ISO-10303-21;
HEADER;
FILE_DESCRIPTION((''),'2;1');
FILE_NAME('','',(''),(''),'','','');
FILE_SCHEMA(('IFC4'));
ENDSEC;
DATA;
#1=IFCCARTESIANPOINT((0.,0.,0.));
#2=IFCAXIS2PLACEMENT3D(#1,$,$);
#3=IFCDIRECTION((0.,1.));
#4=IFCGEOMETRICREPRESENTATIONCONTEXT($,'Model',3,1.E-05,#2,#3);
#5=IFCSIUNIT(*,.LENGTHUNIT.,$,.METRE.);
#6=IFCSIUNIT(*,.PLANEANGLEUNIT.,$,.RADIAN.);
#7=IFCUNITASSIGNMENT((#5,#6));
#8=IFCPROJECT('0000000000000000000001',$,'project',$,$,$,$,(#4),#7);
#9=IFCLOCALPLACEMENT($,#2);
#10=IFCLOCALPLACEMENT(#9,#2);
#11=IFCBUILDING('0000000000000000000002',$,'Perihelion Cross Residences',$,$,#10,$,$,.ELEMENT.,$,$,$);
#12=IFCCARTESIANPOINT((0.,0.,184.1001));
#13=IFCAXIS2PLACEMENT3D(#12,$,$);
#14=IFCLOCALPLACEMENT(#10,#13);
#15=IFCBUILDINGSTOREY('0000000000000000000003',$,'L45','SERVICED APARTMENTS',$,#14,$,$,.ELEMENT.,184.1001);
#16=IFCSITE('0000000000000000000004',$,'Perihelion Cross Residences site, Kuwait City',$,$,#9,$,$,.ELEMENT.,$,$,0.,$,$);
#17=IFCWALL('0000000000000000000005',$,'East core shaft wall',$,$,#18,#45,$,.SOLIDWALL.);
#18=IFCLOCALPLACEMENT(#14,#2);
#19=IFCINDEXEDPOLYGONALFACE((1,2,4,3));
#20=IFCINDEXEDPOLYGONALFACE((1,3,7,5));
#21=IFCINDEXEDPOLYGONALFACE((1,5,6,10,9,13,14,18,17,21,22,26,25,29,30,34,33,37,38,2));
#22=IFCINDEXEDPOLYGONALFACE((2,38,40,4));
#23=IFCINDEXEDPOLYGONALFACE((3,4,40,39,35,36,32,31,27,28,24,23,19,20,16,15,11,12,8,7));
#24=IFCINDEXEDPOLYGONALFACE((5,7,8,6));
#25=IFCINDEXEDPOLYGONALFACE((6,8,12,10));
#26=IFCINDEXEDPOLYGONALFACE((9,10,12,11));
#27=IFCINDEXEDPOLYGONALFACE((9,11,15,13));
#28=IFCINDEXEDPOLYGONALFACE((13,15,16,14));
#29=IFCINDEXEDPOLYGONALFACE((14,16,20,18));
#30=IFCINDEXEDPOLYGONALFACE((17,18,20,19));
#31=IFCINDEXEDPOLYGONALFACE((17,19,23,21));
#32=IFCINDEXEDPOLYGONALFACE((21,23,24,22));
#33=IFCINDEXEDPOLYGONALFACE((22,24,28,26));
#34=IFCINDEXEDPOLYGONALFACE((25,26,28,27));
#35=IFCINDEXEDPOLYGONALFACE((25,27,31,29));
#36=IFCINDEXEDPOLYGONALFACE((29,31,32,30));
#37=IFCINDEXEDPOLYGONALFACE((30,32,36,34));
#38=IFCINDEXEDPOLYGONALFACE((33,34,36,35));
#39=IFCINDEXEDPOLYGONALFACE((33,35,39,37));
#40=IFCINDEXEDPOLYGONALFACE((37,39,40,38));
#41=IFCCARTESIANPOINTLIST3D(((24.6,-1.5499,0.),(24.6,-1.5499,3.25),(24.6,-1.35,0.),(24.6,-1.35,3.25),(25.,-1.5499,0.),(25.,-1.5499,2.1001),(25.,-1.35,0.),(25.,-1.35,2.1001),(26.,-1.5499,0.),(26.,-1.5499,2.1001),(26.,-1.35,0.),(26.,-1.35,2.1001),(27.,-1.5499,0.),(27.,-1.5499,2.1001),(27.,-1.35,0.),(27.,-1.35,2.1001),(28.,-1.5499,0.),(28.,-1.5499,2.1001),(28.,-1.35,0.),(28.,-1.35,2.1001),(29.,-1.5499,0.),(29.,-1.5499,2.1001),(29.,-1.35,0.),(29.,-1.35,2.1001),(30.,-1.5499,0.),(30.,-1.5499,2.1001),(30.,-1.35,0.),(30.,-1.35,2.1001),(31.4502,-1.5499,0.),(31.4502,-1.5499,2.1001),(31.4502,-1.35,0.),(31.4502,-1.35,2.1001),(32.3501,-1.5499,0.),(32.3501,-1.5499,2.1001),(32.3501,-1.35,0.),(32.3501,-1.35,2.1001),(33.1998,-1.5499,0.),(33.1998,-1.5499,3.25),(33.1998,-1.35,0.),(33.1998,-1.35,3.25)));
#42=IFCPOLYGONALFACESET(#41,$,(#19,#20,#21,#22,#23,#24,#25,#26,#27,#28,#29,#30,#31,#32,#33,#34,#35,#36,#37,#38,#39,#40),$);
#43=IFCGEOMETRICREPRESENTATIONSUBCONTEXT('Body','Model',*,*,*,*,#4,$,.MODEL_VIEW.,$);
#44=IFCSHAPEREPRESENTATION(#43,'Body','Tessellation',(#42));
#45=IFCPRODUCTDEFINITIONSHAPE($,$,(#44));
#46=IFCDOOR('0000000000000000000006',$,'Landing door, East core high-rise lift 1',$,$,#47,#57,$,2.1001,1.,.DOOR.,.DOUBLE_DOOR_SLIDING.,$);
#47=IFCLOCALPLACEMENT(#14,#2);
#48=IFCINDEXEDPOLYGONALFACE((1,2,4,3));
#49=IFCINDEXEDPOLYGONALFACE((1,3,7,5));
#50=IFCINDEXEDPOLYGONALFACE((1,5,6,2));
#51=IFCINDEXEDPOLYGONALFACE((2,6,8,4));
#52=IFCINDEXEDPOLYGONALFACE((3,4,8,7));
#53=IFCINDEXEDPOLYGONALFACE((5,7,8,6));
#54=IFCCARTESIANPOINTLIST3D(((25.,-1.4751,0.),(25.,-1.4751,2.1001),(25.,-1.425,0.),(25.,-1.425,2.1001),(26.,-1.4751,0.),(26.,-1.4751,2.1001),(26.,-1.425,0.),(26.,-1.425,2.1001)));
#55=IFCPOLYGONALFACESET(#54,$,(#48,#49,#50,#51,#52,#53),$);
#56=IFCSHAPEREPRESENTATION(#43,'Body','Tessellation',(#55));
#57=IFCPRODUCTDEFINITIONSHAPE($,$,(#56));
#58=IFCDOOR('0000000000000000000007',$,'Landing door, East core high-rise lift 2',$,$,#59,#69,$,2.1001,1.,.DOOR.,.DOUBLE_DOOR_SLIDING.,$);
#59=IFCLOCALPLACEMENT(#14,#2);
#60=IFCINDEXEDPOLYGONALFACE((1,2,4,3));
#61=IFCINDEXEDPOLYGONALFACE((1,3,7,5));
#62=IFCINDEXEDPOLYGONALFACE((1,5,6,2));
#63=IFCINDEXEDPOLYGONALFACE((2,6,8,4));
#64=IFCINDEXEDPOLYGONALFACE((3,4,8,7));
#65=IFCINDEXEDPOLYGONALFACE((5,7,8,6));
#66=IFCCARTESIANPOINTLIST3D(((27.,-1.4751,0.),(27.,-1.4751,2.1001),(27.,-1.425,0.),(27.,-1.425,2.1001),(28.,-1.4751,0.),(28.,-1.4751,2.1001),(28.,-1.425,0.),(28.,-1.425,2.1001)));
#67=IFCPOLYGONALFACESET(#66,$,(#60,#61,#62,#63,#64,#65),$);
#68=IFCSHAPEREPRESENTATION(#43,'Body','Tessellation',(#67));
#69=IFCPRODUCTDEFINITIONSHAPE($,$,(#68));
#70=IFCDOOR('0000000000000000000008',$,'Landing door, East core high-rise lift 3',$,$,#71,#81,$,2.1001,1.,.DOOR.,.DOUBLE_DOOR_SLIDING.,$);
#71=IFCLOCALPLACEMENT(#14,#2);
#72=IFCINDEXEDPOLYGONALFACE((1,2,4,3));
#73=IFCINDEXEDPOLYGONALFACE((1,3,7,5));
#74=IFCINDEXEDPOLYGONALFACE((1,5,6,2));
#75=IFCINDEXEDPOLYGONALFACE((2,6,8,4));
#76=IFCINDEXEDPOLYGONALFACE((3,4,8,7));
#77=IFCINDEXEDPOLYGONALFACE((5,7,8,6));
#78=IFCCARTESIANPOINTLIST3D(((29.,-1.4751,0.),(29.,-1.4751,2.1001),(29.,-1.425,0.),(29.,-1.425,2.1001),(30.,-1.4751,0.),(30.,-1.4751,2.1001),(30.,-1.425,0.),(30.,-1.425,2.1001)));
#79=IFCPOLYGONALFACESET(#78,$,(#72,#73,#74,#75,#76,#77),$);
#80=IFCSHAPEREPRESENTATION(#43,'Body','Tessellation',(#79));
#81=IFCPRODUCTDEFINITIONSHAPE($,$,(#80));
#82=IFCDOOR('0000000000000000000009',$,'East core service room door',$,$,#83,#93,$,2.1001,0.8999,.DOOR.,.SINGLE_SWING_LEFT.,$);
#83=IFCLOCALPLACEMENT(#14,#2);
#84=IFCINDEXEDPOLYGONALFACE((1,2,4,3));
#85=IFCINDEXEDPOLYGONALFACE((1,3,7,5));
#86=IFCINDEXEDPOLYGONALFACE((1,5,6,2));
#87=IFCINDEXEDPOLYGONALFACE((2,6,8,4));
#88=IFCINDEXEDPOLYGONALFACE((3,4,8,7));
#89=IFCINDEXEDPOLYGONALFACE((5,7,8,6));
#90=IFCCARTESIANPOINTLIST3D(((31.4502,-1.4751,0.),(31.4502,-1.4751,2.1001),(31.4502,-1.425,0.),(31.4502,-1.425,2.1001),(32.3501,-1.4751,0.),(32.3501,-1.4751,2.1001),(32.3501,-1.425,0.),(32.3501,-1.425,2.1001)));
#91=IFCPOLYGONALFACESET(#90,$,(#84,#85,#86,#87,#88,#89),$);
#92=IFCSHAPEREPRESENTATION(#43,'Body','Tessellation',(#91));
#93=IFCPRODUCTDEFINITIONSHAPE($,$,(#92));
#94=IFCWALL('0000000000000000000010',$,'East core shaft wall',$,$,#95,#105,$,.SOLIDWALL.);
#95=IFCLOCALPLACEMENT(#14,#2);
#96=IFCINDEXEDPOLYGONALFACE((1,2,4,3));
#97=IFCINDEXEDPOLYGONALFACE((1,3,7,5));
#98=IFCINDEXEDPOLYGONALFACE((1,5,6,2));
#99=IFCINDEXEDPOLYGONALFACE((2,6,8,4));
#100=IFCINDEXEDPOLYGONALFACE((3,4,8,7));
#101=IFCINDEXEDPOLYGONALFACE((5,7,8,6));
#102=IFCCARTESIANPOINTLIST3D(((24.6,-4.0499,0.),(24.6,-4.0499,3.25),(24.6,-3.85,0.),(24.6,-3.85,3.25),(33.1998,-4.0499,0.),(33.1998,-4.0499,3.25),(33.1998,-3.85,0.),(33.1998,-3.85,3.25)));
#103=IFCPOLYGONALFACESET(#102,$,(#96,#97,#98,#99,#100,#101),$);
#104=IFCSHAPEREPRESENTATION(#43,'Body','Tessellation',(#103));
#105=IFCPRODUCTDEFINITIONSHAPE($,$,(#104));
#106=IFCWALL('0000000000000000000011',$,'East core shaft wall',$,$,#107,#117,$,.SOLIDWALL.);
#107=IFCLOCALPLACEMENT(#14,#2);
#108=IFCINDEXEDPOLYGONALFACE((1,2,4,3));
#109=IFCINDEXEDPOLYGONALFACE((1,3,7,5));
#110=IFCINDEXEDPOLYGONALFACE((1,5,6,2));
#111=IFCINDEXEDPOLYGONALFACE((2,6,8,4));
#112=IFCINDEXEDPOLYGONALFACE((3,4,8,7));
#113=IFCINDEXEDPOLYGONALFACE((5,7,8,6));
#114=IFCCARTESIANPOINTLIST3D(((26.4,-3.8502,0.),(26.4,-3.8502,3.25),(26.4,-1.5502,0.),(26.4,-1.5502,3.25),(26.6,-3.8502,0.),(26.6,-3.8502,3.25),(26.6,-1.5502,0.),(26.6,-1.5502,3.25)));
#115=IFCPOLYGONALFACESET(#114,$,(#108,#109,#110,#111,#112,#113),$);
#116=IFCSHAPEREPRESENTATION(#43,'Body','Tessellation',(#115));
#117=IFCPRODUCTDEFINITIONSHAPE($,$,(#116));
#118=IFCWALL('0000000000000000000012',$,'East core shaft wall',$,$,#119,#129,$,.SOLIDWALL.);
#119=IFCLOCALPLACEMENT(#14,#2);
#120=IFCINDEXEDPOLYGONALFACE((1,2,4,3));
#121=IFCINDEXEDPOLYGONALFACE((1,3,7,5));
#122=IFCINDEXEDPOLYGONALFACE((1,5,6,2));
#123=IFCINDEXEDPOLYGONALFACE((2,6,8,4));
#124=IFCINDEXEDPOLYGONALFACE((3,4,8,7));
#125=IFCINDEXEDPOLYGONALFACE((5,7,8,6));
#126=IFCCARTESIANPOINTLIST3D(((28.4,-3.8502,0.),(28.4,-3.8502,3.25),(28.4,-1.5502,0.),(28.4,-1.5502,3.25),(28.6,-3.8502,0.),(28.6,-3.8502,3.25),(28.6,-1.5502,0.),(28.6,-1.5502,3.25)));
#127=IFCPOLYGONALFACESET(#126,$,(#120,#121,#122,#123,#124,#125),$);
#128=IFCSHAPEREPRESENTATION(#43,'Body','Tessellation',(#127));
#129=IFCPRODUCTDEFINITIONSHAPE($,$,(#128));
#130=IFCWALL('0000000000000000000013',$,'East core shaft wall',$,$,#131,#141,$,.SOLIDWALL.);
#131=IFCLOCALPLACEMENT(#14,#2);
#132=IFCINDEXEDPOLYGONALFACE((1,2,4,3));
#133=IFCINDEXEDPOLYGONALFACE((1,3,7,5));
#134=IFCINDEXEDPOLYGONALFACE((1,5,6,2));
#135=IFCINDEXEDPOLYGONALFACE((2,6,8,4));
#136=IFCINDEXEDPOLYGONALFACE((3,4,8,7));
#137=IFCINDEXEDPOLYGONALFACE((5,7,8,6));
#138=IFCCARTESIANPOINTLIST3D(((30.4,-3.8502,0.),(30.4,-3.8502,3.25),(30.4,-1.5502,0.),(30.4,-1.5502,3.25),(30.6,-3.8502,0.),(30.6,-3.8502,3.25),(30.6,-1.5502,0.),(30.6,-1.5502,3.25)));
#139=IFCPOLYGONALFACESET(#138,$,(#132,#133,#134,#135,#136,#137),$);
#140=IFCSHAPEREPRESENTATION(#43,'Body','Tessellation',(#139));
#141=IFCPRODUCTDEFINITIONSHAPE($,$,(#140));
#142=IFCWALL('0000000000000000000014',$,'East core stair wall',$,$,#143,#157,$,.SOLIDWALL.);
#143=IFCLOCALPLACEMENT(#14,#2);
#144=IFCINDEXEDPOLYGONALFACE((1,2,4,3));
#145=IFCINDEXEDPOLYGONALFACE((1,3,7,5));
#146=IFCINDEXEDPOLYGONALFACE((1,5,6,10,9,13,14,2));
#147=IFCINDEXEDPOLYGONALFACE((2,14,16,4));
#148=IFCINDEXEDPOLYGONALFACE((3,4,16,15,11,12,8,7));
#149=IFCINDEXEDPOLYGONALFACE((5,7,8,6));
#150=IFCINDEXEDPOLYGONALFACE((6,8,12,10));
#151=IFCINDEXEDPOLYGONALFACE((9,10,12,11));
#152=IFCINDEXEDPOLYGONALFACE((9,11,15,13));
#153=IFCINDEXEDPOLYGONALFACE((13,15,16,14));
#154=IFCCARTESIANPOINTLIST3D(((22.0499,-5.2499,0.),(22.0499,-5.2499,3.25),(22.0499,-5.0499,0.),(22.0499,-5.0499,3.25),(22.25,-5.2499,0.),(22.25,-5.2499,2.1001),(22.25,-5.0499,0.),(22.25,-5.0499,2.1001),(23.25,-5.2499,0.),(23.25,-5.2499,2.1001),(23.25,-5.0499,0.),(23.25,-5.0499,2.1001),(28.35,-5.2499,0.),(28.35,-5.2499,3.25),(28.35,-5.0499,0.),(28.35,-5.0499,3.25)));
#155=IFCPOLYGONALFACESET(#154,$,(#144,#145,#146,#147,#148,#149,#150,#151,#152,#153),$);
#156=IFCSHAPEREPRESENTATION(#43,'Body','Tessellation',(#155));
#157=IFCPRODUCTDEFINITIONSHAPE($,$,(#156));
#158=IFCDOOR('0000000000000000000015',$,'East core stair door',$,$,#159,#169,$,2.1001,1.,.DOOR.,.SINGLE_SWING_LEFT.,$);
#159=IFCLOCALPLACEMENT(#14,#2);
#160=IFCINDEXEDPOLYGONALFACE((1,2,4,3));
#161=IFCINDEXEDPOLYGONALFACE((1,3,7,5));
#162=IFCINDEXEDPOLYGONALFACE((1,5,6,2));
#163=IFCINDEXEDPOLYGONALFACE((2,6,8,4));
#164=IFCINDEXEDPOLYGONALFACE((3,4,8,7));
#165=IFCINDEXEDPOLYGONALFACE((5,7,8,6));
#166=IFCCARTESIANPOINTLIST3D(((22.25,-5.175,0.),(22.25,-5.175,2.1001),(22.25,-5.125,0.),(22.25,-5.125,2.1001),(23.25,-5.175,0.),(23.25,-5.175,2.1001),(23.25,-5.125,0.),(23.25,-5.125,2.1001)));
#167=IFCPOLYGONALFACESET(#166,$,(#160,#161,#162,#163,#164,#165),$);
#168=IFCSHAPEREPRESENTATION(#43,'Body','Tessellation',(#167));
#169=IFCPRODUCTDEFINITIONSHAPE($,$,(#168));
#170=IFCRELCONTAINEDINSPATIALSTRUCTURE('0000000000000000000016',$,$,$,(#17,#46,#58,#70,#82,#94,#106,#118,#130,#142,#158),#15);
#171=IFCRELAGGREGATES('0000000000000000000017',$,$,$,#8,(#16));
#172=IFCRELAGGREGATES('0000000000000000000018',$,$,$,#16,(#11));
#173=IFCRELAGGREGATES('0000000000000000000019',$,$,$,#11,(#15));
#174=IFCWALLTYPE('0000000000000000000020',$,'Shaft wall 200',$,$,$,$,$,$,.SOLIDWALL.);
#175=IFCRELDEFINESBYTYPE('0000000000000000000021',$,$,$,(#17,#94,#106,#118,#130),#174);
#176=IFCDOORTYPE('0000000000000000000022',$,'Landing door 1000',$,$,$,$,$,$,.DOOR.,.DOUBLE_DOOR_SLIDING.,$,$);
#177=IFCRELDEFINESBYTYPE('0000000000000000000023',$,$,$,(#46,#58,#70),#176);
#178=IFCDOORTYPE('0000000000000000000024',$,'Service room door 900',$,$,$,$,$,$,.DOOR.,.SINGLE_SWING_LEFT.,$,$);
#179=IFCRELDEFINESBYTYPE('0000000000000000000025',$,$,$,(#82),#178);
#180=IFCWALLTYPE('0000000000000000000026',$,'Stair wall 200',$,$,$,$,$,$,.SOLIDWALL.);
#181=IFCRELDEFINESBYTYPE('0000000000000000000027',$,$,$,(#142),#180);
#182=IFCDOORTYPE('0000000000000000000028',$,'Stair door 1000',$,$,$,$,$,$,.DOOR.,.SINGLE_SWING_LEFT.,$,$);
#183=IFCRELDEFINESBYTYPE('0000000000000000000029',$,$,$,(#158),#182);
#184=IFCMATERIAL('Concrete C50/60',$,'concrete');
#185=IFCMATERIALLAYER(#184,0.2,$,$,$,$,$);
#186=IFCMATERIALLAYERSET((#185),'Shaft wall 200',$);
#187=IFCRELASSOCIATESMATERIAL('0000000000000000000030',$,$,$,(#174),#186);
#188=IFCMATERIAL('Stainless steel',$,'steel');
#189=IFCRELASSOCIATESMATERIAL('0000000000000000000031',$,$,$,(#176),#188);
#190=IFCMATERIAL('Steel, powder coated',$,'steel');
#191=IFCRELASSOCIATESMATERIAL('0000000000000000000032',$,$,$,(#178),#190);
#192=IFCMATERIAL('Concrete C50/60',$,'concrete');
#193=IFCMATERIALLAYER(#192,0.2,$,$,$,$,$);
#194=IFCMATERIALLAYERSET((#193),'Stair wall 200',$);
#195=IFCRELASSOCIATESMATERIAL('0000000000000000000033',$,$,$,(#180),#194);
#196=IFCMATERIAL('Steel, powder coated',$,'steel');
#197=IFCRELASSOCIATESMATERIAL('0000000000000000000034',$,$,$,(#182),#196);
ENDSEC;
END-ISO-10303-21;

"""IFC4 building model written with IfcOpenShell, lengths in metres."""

from ifc_helpers import new_model, si_unit, direction, frame, frame_2d, origin, place, context, subcontext, project, spatial, rectangle, extrude, material, layer, layer_set, type_object, element, fill, save


model = new_model("IFC4")

# Units and contexts
model_context = context("Model", 3, precision=1e-05, world=origin(), true_north=direction((0.0, 1.0)))
body_context = subcontext(model_context, "Body", "Model", "MODEL_VIEW")
ifc_project = project(units=[si_unit("LENGTHUNIT", "METRE"), si_unit("PLANEANGLEUNIT", "RADIAN")], contexts=[model_context])

# Site, building, storey
site_placement = place(None, origin())
site = spatial("IfcSite", under=ifc_project, at=site_placement, Name="Perihelion Cross Residences site, Kuwait City", CompositionType="ELEMENT", RefElevation=0.0)
building_placement = place(site_placement, origin())
building = spatial("IfcBuilding", under=site, at=building_placement, Name="Perihelion Cross Residences", CompositionType="ELEMENT")
storey_placement = place(building_placement, frame((0.0, 0.0, 184.1001)))
storey = spatial("IfcBuildingStorey", under=building, at=storey_placement, Name="L45", Description="SERVICED APARTMENTS", CompositionType="ELEMENT", Elevation=184.1001)

# Wall, openings, doors
ifc_material_1 = material(Name="Concrete C50/60", Category="concrete")
ifc_layer_1 = layer(ifc_material_1, 0.2)
ifc_layer_set_1 = layer_set([ifc_layer_1], Name="Shaft wall 200")
wall_type_1 = type_object("IfcWallType", Name="Shaft wall 200", PredefinedType="SOLIDWALL", material=ifc_layer_set_1)
wall_1_placement = place(storey_placement, frame((24.6001, -1.45, 0.0), z_axis=(0.0, 0.0, 1.0), x_axis=(1.0, 0.0, 0.0)))
wall_1 = element("IfcWall", 1, at=wall_1_placement, inside=storey, type_object=wall_type_1, Name="East core shaft wall", PredefinedType="SOLIDWALL", context=body_context, shape_type="SweptSolid", body=[
    extrude(rectangle(XDim=8.5999, YDim=0.2, at=frame_2d((4.2998, 0.0))), origin(), (0.0, 0.0, 1.0), 3.25),
])
opening_1_placement = place(wall_1_placement, frame((0.3999, 0.0, 0.0)))
opening_1 = element("IfcOpeningElement", 2, at=opening_1_placement, cuts=wall_1, PredefinedType="OPENING", context=body_context, shape_type="SweptSolid", body=[
    extrude(rectangle(XDim=1.0, YDim=2.1001, at=frame_2d((0.5, 1.05))), frame((0.0, 0.1099, 0.0), z_axis=(0.0, -1.0, 0.0), x_axis=(1.0, 0.0, 0.0)), (0.0, 0.0, 1.0), 0.22),
])
opening_2_placement = place(wall_1_placement, frame((2.3999, 0.0, 0.0)))
opening_2 = element("IfcOpeningElement", 3, at=opening_2_placement, cuts=wall_1, PredefinedType="OPENING", context=body_context, shape_type="SweptSolid", body=[
    extrude(rectangle(XDim=1.0, YDim=2.1001, at=frame_2d((0.5, 1.05))), frame((0.0, 0.1099, 0.0), z_axis=(0.0, -1.0, 0.0), x_axis=(1.0, 0.0, 0.0)), (0.0, 0.0, 1.0), 0.22),
])
opening_3_placement = place(wall_1_placement, frame((4.3999, 0.0, 0.0)))
opening_3 = element("IfcOpeningElement", 4, at=opening_3_placement, cuts=wall_1, PredefinedType="OPENING", context=body_context, shape_type="SweptSolid", body=[
    extrude(rectangle(XDim=1.0, YDim=2.1001, at=frame_2d((0.5, 1.05))), frame((0.0, 0.1099, 0.0), z_axis=(0.0, -1.0, 0.0), x_axis=(1.0, 0.0, 0.0)), (0.0, 0.0, 1.0), 0.22),
])
opening_4_placement = place(wall_1_placement, frame((6.8501, 0.0, 0.0)))
opening_4 = element("IfcOpeningElement", 5, at=opening_4_placement, cuts=wall_1, PredefinedType="OPENING", context=body_context, shape_type="SweptSolid", body=[
    extrude(rectangle(XDim=0.8999, YDim=2.1001, at=frame_2d((0.45, 1.05))), frame((0.0, 0.1099, 0.0), z_axis=(0.0, -1.0, 0.0), x_axis=(1.0, 0.0, 0.0)), (0.0, 0.0, 1.0), 0.22),
])
ifc_material_2 = material(Name="Stainless steel", Category="steel")
door_type_1 = type_object("IfcDoorType", Name="Landing door 1000", OperationType="DOUBLE_DOOR_SLIDING", PredefinedType="DOOR", material=ifc_material_2)
door_1_placement = place(opening_1_placement, origin())
door_1 = element("IfcDoor", 6, at=door_1_placement, inside=storey, type_object=door_type_1, Name="Landing door, East core high-rise lift 1", OperationType="DOUBLE_DOOR_SLIDING", OverallHeight=2.1001, OverallWidth=1.0, PredefinedType="DOOR", context=body_context, shape_type="SweptSolid", body=[
    extrude(rectangle(XDim=1.0, YDim=2.1001, at=frame_2d((0.5, 1.05))), frame((0.0, 0.0249, 0.0), z_axis=(0.0, -1.0, 0.0), x_axis=(1.0, 0.0, 0.0)), (0.0, 0.0, 1.0), 0.05),
])
fill(opening_1, door_1)
door_2_placement = place(opening_2_placement, origin())
door_2 = element("IfcDoor", 7, at=door_2_placement, inside=storey, type_object=door_type_1, Name="Landing door, East core high-rise lift 2", OperationType="DOUBLE_DOOR_SLIDING", OverallHeight=2.1001, OverallWidth=1.0, PredefinedType="DOOR", context=body_context, shape_type="SweptSolid", body=[
    extrude(rectangle(XDim=1.0, YDim=2.1001, at=frame_2d((0.5, 1.05))), frame((0.0, 0.0249, 0.0), z_axis=(0.0, -1.0, 0.0), x_axis=(1.0, 0.0, 0.0)), (0.0, 0.0, 1.0), 0.05),
])
fill(opening_2, door_2)
door_3_placement = place(opening_3_placement, origin())
door_3 = element("IfcDoor", 8, at=door_3_placement, inside=storey, type_object=door_type_1, Name="Landing door, East core high-rise lift 3", OperationType="DOUBLE_DOOR_SLIDING", OverallHeight=2.1001, OverallWidth=1.0, PredefinedType="DOOR", context=body_context, shape_type="SweptSolid", body=[
    extrude(rectangle(XDim=1.0, YDim=2.1001, at=frame_2d((0.5, 1.05))), frame((0.0, 0.0249, 0.0), z_axis=(0.0, -1.0, 0.0), x_axis=(1.0, 0.0, 0.0)), (0.0, 0.0, 1.0), 0.05),
])
fill(opening_3, door_3)
ifc_material_3 = material(Name="Steel, powder coated", Category="steel")
door_type_2 = type_object("IfcDoorType", Name="Service room door 900", OperationType="SINGLE_SWING_LEFT", PredefinedType="DOOR", material=ifc_material_3)
door_4_placement = place(opening_4_placement, origin())
door_4 = element("IfcDoor", 9, at=door_4_placement, inside=storey, type_object=door_type_2, Name="East core service room door", OperationType="SINGLE_SWING_LEFT", OverallHeight=2.1001, OverallWidth=0.8999, PredefinedType="DOOR", context=body_context, shape_type="SweptSolid", body=[
    extrude(rectangle(XDim=0.8999, YDim=2.1001, at=frame_2d((0.45, 1.05))), frame((0.0, 0.0249, 0.0), z_axis=(0.0, -1.0, 0.0), x_axis=(1.0, 0.0, 0.0)), (0.0, 0.0, 1.0), 0.05),
])
fill(opening_4, door_4)

# Walls
wall_2_placement = place(storey_placement, frame((24.6001, -3.95, 0.0), z_axis=(0.0, 0.0, 1.0), x_axis=(1.0, 0.0, 0.0)))
element("IfcWall", 10, at=wall_2_placement, inside=storey, type_object=wall_type_1, Name="East core shaft wall", PredefinedType="SOLIDWALL", context=body_context, shape_type="SweptSolid", body=[
    extrude(rectangle(XDim=8.5999, YDim=0.2, at=frame_2d((4.2998, 0.0))), origin(), (0.0, 0.0, 1.0), 3.25),
])
for number, where, z_axis, x_axis, name in (
    (11, (26.5, -3.8501, 0.0), (0.0, 0.0, 1.0), (0.0, 1.0, 0.0), "East core shaft wall"),
    (12, (28.5, -3.8501, 0.0), (0.0, 0.0, 1.0), (0.0, 1.0, 0.0), "East core shaft wall"),
    (13, (30.5, -3.8501, 0.0), (0.0, 0.0, 1.0), (0.0, 1.0, 0.0), "East core shaft wall"),
):
    element("IfcWall", number, at=place(storey_placement, frame(where, z_axis=z_axis, x_axis=x_axis)), inside=storey, type_object=wall_type_1, Name=name, PredefinedType="SOLIDWALL", context=body_context, shape_type="SweptSolid", body=[
        extrude(rectangle(XDim=2.3, YDim=0.2, at=frame_2d((1.1499, 0.0))), origin(), (0.0, 0.0, 1.0), 3.25),
    ])

# Wall, opening, door
ifc_material_4 = material(Name="Concrete C50/60", Category="concrete")
ifc_layer_2 = layer(ifc_material_4, 0.2)
ifc_layer_set_2 = layer_set([ifc_layer_2], Name="Stair wall 200")
wall_type_2 = type_object("IfcWallType", Name="Stair wall 200", PredefinedType="SOLIDWALL", material=ifc_layer_set_2)
wall_3_placement = place(storey_placement, frame((22.05, -5.1499, 0.0), z_axis=(0.0, 0.0, 1.0), x_axis=(1.0, 0.0, 0.0)))
wall_3 = element("IfcWall", 14, at=wall_3_placement, inside=storey, type_object=wall_type_2, Name="East core stair wall", PredefinedType="SOLIDWALL", context=body_context, shape_type="SweptSolid", body=[
    extrude(rectangle(XDim=6.3, YDim=0.2, at=frame_2d((3.1499, 0.0))), origin(), (0.0, 0.0, 1.0), 3.25),
])
opening_5_placement = place(wall_3_placement, frame((0.2, 0.0, 0.0)))
opening_5 = element("IfcOpeningElement", 15, at=opening_5_placement, cuts=wall_3, PredefinedType="OPENING", context=body_context, shape_type="SweptSolid", body=[
    extrude(rectangle(XDim=1.0, YDim=2.1001, at=frame_2d((0.5, 1.05))), frame((0.0, 0.1099, 0.0), z_axis=(0.0, -1.0, 0.0), x_axis=(1.0, 0.0, 0.0)), (0.0, 0.0, 1.0), 0.22),
])
ifc_material_5 = material(Name="Steel, powder coated", Category="steel")
door_type_3 = type_object("IfcDoorType", Name="Stair door 1000", OperationType="SINGLE_SWING_LEFT", PredefinedType="DOOR", material=ifc_material_5)
door_5_placement = place(opening_5_placement, origin())
door_5 = element("IfcDoor", 16, at=door_5_placement, inside=storey, type_object=door_type_3, Name="East core stair door", OperationType="SINGLE_SWING_LEFT", OverallHeight=2.1001, OverallWidth=1.0, PredefinedType="DOOR", context=body_context, shape_type="SweptSolid", body=[
    extrude(rectangle(XDim=1.0, YDim=2.1001, at=frame_2d((0.5, 1.05))), frame((0.0, 0.0249, 0.0), z_axis=(0.0, -1.0, 0.0), x_axis=(1.0, 0.0, 0.0)), (0.0, 0.0, 1.0), 0.05),
])
fill(opening_5, door_5)

save(model, "model.ifc")
